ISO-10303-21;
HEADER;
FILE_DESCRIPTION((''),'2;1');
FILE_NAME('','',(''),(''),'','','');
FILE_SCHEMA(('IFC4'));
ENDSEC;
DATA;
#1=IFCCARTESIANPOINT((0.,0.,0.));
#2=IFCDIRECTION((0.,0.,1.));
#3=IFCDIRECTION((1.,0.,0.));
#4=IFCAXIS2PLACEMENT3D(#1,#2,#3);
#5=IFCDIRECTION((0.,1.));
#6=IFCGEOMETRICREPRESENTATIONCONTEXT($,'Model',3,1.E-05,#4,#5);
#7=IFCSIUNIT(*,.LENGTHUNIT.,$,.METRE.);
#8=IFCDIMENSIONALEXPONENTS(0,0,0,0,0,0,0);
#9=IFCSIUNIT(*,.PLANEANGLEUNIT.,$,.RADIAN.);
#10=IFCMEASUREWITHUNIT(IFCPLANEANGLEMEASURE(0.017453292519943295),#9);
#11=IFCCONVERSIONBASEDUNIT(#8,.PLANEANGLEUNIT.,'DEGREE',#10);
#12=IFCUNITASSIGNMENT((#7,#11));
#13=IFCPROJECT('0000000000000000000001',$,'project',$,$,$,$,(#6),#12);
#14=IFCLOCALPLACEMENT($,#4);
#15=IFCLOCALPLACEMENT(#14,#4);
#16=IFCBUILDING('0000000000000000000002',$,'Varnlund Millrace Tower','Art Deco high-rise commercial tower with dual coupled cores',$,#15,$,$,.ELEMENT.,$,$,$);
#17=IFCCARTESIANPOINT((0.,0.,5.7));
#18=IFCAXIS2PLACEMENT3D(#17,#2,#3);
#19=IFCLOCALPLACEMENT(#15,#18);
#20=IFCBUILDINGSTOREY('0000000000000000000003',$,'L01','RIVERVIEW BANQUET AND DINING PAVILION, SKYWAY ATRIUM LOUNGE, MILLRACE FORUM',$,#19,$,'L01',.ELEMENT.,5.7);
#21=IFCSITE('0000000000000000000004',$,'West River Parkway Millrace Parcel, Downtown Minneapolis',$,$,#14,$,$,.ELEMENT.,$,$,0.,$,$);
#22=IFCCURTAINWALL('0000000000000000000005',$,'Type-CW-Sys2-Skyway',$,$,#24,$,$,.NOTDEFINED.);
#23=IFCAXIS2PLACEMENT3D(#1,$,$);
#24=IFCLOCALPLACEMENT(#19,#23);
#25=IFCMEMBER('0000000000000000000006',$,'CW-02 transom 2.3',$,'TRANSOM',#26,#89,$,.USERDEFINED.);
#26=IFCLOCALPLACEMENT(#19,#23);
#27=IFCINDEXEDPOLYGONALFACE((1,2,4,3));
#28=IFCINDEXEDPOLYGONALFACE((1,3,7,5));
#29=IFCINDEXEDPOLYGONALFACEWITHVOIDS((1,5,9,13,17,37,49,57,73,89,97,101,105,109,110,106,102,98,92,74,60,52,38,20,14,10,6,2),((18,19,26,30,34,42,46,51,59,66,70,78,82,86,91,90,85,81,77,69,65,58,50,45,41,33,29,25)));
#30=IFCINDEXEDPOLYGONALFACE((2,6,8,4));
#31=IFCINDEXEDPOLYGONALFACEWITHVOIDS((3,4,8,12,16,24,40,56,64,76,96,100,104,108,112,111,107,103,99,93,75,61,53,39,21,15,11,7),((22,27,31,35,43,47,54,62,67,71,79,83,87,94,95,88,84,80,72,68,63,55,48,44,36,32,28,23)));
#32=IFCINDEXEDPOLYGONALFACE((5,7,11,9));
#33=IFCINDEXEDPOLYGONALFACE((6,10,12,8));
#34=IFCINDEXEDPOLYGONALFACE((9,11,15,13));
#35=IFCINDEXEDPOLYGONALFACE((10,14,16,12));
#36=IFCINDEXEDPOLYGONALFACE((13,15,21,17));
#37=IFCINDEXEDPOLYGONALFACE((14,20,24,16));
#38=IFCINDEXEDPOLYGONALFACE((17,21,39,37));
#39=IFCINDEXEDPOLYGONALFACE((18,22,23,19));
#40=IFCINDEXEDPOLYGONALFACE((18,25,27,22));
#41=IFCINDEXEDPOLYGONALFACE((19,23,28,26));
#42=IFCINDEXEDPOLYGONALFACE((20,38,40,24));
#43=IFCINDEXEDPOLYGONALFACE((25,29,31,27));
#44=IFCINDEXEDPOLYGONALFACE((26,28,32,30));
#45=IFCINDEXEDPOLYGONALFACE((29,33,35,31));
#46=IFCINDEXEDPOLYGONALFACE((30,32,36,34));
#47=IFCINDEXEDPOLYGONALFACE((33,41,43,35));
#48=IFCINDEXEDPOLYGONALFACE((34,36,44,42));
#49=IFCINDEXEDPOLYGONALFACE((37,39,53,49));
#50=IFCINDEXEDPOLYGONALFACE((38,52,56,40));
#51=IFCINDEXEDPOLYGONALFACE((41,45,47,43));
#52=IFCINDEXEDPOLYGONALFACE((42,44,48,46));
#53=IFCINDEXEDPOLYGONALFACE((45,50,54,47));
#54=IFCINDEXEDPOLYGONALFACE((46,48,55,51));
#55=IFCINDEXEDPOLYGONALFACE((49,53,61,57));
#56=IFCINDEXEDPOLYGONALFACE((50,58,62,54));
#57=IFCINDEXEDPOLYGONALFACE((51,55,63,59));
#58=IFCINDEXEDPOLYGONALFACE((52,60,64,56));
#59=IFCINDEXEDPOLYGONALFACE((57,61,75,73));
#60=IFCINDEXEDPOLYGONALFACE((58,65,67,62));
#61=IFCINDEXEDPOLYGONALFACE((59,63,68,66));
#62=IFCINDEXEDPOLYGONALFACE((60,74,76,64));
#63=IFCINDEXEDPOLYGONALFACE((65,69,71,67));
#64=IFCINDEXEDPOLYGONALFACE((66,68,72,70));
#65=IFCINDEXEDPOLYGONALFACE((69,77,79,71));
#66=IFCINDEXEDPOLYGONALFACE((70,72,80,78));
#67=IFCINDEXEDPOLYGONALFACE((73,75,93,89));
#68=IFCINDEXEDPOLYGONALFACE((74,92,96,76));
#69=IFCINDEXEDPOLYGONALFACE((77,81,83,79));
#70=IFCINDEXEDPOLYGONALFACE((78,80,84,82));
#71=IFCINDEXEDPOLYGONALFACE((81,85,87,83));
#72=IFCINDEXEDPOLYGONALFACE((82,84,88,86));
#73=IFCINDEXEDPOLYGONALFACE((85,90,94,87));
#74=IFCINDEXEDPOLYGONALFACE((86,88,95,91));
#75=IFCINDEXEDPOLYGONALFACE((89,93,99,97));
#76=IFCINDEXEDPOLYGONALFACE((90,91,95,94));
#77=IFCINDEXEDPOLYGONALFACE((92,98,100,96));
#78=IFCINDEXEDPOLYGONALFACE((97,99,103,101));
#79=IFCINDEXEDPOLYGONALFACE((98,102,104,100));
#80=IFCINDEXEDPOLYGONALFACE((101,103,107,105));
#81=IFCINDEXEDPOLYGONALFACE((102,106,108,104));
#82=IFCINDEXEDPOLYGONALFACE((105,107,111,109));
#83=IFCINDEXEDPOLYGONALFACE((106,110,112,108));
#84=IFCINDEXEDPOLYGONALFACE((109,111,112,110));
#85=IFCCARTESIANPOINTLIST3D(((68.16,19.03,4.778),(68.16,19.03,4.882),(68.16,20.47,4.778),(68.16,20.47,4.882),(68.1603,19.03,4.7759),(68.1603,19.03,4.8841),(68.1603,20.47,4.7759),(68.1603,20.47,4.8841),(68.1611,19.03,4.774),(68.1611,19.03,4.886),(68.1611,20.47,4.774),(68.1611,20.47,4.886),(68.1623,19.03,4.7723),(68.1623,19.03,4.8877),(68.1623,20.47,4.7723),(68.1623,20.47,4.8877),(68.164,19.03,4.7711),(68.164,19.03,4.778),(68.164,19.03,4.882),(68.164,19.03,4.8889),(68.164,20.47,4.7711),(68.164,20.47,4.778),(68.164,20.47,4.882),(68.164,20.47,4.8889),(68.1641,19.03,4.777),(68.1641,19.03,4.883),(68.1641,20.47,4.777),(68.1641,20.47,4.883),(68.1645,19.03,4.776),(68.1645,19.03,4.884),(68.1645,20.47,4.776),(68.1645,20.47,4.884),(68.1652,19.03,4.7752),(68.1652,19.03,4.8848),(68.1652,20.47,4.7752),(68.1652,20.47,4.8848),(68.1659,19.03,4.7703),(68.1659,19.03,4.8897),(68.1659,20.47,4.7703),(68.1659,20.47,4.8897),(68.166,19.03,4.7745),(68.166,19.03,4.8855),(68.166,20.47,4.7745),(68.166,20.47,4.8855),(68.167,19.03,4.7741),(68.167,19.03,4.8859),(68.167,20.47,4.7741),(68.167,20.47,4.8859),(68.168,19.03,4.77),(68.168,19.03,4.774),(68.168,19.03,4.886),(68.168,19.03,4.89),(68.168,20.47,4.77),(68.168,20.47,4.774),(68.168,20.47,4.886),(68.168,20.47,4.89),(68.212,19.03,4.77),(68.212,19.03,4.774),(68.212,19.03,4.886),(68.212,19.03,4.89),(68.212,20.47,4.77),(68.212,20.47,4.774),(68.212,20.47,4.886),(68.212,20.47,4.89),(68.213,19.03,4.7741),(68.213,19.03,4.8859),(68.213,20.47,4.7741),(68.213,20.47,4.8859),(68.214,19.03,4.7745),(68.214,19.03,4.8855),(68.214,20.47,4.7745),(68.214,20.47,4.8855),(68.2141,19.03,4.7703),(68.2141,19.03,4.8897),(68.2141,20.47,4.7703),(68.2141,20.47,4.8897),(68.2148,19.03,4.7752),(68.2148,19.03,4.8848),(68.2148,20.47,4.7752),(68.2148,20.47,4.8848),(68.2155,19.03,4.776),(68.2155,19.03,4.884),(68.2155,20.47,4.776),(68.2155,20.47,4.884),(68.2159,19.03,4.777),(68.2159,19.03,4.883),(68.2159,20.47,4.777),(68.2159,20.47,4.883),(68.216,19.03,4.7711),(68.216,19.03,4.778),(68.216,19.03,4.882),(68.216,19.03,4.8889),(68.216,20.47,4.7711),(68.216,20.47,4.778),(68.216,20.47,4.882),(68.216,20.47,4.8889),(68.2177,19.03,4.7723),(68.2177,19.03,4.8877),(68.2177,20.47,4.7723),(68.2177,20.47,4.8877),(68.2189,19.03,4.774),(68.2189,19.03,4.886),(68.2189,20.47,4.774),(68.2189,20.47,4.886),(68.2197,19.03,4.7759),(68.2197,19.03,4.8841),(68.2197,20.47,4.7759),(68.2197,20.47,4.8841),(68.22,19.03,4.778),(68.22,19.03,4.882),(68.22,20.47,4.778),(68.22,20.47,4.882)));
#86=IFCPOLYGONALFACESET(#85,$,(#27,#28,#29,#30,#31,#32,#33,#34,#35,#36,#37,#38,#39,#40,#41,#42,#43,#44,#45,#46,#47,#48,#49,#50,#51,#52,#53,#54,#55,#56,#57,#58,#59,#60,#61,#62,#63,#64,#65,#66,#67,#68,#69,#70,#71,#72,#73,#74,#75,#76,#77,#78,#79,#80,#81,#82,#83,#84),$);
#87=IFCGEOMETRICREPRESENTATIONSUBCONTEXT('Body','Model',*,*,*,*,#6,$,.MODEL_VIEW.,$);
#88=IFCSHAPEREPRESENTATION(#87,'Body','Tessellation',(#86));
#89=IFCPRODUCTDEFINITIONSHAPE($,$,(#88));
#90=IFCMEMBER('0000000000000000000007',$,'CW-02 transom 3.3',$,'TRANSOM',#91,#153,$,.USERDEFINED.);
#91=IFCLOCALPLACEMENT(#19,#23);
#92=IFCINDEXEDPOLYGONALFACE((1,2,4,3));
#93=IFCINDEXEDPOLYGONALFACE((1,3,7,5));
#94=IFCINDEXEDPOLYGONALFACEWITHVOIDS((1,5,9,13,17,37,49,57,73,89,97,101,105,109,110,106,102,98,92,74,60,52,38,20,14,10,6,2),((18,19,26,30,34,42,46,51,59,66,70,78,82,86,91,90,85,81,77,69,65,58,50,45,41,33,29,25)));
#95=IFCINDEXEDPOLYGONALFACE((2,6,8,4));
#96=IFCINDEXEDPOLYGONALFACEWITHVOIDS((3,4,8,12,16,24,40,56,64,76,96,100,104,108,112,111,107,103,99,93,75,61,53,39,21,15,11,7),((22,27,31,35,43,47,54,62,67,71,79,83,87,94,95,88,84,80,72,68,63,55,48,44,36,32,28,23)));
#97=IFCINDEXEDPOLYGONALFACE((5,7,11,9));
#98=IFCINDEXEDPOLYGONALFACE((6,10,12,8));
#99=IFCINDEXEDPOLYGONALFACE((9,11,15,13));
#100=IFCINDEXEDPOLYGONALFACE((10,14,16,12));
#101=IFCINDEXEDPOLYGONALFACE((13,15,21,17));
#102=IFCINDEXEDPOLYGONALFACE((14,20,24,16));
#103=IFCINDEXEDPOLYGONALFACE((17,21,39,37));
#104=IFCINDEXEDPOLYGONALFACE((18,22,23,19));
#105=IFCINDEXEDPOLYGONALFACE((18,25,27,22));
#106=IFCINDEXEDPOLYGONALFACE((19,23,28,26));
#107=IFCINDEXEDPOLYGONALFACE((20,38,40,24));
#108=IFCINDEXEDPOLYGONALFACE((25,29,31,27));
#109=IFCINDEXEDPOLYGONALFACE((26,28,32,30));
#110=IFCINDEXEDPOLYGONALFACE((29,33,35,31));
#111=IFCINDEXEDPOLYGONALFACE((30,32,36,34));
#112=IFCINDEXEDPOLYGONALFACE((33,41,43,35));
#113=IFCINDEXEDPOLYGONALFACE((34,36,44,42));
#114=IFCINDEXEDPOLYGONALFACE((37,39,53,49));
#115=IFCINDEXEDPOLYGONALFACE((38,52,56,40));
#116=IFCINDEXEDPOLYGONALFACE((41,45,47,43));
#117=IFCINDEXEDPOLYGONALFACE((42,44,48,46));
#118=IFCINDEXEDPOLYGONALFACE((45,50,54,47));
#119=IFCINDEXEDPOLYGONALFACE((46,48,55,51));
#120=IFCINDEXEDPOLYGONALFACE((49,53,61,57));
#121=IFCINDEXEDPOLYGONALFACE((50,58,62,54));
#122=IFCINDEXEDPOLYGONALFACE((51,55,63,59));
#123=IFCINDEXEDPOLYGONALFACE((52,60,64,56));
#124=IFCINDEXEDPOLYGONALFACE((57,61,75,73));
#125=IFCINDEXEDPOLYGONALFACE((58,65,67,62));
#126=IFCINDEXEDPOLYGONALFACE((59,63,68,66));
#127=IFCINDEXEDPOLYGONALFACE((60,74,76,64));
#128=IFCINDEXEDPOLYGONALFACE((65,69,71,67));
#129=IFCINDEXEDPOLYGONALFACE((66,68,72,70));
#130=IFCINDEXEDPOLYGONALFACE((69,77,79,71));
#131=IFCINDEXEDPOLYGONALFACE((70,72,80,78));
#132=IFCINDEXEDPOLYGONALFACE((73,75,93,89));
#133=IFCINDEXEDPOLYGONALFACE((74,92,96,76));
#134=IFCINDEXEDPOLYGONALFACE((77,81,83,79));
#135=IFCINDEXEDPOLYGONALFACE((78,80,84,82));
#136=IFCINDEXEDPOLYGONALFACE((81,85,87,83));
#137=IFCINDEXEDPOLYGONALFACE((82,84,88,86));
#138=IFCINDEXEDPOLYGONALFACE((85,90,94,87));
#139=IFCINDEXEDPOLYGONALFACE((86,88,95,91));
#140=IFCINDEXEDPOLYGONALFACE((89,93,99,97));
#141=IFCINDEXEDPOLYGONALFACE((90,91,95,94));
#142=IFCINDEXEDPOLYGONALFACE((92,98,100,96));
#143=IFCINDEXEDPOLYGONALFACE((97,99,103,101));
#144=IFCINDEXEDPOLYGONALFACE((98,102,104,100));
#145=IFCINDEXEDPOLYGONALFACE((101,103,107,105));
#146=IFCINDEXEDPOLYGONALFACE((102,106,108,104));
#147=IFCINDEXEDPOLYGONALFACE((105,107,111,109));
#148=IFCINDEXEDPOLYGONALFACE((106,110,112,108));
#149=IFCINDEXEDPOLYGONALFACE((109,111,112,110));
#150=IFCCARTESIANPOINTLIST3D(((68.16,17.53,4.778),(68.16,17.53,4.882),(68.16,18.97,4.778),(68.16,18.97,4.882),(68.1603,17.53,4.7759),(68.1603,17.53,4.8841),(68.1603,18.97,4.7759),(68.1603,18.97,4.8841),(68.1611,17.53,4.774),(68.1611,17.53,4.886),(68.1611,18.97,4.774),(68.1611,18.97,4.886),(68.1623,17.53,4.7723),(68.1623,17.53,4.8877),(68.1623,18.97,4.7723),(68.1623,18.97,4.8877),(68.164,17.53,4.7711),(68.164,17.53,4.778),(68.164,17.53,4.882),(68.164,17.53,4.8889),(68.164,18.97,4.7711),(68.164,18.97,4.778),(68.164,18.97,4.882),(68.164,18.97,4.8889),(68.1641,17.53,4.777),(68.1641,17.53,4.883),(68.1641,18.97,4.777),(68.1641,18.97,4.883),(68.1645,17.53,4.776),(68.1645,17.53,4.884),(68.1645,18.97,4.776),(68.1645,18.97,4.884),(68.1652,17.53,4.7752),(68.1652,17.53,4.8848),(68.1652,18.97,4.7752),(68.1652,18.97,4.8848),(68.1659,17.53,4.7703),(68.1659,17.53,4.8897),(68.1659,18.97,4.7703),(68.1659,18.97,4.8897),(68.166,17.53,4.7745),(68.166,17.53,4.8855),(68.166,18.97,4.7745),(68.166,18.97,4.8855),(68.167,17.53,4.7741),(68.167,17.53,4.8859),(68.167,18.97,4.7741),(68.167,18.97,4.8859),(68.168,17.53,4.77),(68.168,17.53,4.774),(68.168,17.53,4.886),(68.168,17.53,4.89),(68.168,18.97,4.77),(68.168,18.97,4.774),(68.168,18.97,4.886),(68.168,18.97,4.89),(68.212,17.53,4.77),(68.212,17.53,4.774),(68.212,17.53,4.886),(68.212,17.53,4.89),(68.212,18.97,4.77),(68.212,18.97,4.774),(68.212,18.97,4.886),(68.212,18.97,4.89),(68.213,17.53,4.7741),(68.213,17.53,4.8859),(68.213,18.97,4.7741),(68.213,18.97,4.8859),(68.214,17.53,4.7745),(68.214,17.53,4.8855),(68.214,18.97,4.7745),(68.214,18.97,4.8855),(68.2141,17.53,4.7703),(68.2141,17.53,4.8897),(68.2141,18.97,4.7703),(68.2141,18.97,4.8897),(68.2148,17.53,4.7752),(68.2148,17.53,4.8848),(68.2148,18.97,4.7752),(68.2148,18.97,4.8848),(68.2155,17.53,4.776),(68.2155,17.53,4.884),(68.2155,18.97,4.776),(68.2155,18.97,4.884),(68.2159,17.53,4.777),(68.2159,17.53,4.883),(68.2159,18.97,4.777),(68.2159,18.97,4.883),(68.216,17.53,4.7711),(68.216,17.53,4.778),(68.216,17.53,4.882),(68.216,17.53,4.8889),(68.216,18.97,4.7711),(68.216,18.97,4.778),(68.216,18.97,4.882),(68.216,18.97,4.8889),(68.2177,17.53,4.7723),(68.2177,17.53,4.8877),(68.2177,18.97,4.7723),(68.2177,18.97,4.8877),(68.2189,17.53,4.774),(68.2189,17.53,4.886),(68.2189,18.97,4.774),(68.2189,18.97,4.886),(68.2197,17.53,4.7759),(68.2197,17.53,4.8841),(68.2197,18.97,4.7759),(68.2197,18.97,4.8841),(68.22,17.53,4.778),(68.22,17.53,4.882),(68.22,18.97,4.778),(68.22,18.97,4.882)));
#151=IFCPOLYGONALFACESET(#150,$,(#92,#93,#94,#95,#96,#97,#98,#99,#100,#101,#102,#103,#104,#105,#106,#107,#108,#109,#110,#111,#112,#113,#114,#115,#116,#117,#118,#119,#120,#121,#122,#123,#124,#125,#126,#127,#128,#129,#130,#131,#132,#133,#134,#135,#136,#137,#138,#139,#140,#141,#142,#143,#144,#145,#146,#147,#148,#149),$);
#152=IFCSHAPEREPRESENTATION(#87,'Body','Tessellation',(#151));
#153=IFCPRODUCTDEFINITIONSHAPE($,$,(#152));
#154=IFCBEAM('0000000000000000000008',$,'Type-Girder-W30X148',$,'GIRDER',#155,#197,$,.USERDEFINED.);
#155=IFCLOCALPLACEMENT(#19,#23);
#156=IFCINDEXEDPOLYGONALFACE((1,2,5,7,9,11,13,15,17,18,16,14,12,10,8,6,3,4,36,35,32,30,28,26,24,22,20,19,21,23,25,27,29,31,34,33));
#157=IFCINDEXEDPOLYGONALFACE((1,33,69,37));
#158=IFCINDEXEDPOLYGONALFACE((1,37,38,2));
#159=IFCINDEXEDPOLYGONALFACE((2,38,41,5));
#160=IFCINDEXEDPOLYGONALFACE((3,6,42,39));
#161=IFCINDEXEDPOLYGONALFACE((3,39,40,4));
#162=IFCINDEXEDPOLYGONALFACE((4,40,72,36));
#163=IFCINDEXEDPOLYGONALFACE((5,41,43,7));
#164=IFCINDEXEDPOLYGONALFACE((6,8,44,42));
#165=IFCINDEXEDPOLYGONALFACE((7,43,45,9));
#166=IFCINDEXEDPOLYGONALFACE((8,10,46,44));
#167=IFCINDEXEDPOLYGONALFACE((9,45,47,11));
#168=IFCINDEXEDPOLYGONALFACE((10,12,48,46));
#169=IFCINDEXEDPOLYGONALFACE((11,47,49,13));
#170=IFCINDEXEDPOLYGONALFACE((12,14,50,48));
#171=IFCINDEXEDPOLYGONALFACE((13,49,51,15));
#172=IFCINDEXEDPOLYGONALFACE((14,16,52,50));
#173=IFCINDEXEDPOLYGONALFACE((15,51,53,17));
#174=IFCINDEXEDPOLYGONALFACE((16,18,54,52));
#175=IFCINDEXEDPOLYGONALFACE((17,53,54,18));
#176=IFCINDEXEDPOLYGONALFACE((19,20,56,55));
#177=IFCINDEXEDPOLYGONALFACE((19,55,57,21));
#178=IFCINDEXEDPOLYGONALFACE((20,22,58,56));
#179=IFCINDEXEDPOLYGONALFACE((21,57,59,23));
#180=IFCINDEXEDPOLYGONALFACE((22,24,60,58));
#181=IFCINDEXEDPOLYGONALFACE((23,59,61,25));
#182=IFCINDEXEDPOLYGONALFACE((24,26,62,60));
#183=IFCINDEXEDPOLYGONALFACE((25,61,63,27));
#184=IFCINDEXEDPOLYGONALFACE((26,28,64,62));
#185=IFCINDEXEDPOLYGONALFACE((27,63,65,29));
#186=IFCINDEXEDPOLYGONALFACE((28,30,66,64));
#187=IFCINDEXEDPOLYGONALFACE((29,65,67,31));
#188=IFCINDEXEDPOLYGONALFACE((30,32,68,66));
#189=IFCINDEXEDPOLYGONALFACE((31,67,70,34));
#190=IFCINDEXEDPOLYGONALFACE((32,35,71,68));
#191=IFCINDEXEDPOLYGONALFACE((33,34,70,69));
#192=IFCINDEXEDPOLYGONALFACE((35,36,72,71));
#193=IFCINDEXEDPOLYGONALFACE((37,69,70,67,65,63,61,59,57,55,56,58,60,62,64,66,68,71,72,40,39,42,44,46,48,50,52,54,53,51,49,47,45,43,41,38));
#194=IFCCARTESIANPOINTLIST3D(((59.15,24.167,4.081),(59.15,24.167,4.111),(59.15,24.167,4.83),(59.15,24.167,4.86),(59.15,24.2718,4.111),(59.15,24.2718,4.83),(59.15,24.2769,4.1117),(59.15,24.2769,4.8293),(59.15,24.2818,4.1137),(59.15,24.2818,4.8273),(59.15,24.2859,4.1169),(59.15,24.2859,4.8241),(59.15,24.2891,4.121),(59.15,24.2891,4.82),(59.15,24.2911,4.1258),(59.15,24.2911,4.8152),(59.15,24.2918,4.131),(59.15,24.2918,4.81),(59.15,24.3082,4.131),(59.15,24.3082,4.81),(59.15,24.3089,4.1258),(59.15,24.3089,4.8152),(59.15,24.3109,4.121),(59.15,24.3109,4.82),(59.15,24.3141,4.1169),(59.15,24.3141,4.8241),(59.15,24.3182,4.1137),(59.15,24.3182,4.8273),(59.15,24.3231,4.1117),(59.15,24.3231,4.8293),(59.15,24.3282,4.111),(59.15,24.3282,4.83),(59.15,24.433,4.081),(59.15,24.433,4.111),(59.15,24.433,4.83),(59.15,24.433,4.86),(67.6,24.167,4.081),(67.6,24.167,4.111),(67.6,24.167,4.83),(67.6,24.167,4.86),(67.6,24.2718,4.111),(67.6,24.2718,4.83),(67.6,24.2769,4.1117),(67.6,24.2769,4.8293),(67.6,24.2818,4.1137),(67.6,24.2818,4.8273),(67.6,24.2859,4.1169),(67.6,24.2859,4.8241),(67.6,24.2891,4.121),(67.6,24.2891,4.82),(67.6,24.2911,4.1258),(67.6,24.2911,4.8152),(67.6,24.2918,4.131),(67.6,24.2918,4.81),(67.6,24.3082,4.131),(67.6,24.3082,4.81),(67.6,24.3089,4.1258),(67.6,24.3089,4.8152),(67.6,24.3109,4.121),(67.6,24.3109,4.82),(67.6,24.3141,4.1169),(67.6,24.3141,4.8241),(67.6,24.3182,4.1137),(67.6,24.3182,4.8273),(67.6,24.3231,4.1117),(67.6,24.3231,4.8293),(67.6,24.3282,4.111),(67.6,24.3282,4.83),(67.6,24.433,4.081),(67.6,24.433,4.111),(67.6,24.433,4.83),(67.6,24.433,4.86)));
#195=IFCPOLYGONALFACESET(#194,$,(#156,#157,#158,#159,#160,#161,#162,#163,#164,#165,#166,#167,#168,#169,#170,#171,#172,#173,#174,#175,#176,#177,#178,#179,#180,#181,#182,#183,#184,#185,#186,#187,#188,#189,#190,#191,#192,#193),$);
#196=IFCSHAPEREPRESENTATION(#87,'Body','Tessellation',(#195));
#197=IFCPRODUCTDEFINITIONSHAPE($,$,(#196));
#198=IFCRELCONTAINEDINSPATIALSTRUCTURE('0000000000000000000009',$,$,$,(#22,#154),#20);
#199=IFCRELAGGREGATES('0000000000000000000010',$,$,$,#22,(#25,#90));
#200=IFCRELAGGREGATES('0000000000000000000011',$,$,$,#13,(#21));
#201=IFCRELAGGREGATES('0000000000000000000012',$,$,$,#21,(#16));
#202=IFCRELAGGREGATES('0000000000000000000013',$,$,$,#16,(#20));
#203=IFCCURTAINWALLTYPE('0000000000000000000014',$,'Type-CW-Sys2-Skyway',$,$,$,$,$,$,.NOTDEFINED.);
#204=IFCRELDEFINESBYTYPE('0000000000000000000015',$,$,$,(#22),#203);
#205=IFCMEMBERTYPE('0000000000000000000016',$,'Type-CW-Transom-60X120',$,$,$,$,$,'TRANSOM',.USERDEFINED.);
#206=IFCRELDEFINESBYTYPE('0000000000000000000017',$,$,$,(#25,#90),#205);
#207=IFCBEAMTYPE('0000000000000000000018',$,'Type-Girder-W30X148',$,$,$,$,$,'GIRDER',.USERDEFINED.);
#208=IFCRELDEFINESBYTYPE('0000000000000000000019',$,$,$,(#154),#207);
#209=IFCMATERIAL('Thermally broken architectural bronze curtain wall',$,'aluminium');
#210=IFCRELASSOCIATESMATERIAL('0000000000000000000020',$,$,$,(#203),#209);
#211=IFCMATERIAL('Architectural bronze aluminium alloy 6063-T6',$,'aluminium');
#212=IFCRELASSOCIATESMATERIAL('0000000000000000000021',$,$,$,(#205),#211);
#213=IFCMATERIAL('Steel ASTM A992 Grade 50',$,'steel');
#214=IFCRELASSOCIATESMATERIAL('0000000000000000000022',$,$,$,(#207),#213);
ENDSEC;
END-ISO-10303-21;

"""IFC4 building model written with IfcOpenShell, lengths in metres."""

from ifc_helpers import new_model, entity, si_unit, converted_unit, direction, frame, origin_with_axes, origin_2d_with_axis, place, context, subcontext, project, spatial, hollow_rectangle, i_section, extrude, material, material_profile, profile_set, type_object, element, aggregate, save


model = new_model("IFC4")

# Units and contexts
model_context = context("Model", 3, precision=1e-05, world=origin_with_axes(), true_north=direction((0.0, 1.0)))
body_context = subcontext(model_context, "Body", "Model", "MODEL_VIEW")
ifc_project = project(units=[si_unit("LENGTHUNIT", "METRE"), converted_unit("PLANEANGLEUNIT", "DEGREE", entity("IfcPlaneAngleMeasure", 0.017453292519943295), si_unit("PLANEANGLEUNIT", "RADIAN"), dimensions=[0, 0, 0, 0, 0, 0, 0])], contexts=[model_context])

# Site, building, storey
site_placement = place(None, origin_with_axes())
site = spatial("IfcSite", under=ifc_project, at=site_placement, Name="West River Parkway Millrace Parcel, Downtown Minneapolis", CompositionType="ELEMENT", RefElevation=0.0)
building_placement = place(site_placement, origin_with_axes())
building = spatial("IfcBuilding", under=site, at=building_placement, Name="Varnlund Millrace Tower", Description="Art Deco high-rise commercial tower with dual coupled cores", CompositionType="ELEMENT")
storey_placement = place(building_placement, frame((0.0, 0.0, 5.7), z_axis=(0.0, 0.0, 1.0), x_axis=(1.0, 0.0, 0.0)))
storey = spatial("IfcBuildingStorey", under=building, at=storey_placement, Name="L01", Description="RIVERVIEW BANQUET AND DINING PAVILION, SKYWAY ATRIUM LOUNGE, MILLRACE FORUM", LongName="L01", CompositionType="ELEMENT", Elevation=5.7)

# Shared definitions
ifc_material_1 = material(Name="Steel ASTM A992 Grade 50", Category="steel")

# Shared definitions
ifc_material_2 = material(Name="Thermally broken architectural bronze curtain wall", Category="aluminium")
curtain_wall_type = type_object("IfcCurtainWallType", Name="Type-CW-Sys2-Skyway", PredefinedType="NOTDEFINED", material=ifc_material_2)
ifc_material_3 = material(Name="Architectural bronze aluminium alloy 6063-T6", Category="aluminium")

# Curtain wall
curtain_wall_1_placement = place(storey_placement, frame((68.19, 22.0, 0.0), z_axis=(0.0, 0.0, 1.0), x_axis=(1.0, 0.0, 0.0)))
curtain_wall_1 = element("IfcCurtainWall", 1, at=curtain_wall_1_placement, inside=storey, type_object=curtain_wall_type, Name="Type-CW-Sys2-Skyway", PredefinedType="NOTDEFINED")

# Members
ifc_material_profile_1 = material_profile(ifc_material_3, hollow_rectangle(XDim=0.06, YDim=0.12, WallThickness=0.004, InnerFilletRadius=0.004, OuterFilletRadius=0.008, at=origin_2d_with_axis()), Name="Architectural bronze aluminium alloy 6063-T6")
ifc_profile_set_1 = profile_set([ifc_material_profile_1], Name="Architectural bronze aluminium alloy 6063-T6")
member_type_1 = type_object("IfcMemberType", Name="Type-CW-Transom-60X120", ElementType="TRANSOM", PredefinedType="USERDEFINED", material=ifc_profile_set_1)
member_1_placement = place(storey_placement, frame((68.19, 20.47, 4.83), z_axis=(0.0, -1.0, 0.0), x_axis=(1.0, 0.0, 0.0)))
member_1 = element("IfcMember", 2, at=member_1_placement, type_object=member_type_1, Name="CW-02 transom 2.3", ObjectType="TRANSOM", PredefinedType="USERDEFINED", context=body_context, shape_type="SweptSolid", body=[
    extrude(hollow_rectangle(XDim=0.06, YDim=0.12, WallThickness=0.004, InnerFilletRadius=0.004, OuterFilletRadius=0.008, at=origin_2d_with_axis()), origin_with_axes(), (0.0, 0.0, 1.0), 1.44),
])
member_2_placement = place(storey_placement, frame((68.19, 18.97, 4.83), z_axis=(0.0, -1.0, 0.0), x_axis=(1.0, 0.0, 0.0)))
member_2 = element("IfcMember", 3, at=member_2_placement, type_object=member_type_1, Name="CW-02 transom 3.3", ObjectType="TRANSOM", PredefinedType="USERDEFINED", context=body_context, shape_type="SweptSolid", body=[
    extrude(hollow_rectangle(XDim=0.06, YDim=0.12, WallThickness=0.004, InnerFilletRadius=0.004, OuterFilletRadius=0.008, at=origin_2d_with_axis()), origin_with_axes(), (0.0, 0.0, 1.0), 1.44),
])

# Beam
ifc_material_profile_2 = material_profile(ifc_material_1, i_section(OverallWidth=0.266, OverallDepth=0.779, WebThickness=0.0165, FlangeThickness=0.03, FilletRadius=0.02, at=origin_2d_with_axis()), Name="Steel ASTM A992 Grade 50")
ifc_profile_set_2 = profile_set([ifc_material_profile_2], Name="Steel ASTM A992 Grade 50")
beam_type_1 = type_object("IfcBeamType", Name="Type-Girder-W30X148", ElementType="GIRDER", PredefinedType="USERDEFINED", material=ifc_profile_set_2)
beam_1_placement = place(storey_placement, frame((59.15, 24.3, 4.4705), z_axis=(1.0, 0.0, 0.0), x_axis=(0.0, 1.0, 0.0)))
element("IfcBeam", 4, at=beam_1_placement, inside=storey, type_object=beam_type_1, Name="Type-Girder-W30X148", ObjectType="GIRDER", PredefinedType="USERDEFINED", context=body_context, shape_type="SweptSolid", body=[
    extrude(i_section(OverallWidth=0.266, OverallDepth=0.779, WebThickness=0.0165, FlangeThickness=0.03, FilletRadius=0.02, at=origin_2d_with_axis()), origin_with_axes(), (0.0, 0.0, 1.0), 8.45),
])

aggregate(curtain_wall_1, [member_1, member_2])

save(model, "model.ifc")
